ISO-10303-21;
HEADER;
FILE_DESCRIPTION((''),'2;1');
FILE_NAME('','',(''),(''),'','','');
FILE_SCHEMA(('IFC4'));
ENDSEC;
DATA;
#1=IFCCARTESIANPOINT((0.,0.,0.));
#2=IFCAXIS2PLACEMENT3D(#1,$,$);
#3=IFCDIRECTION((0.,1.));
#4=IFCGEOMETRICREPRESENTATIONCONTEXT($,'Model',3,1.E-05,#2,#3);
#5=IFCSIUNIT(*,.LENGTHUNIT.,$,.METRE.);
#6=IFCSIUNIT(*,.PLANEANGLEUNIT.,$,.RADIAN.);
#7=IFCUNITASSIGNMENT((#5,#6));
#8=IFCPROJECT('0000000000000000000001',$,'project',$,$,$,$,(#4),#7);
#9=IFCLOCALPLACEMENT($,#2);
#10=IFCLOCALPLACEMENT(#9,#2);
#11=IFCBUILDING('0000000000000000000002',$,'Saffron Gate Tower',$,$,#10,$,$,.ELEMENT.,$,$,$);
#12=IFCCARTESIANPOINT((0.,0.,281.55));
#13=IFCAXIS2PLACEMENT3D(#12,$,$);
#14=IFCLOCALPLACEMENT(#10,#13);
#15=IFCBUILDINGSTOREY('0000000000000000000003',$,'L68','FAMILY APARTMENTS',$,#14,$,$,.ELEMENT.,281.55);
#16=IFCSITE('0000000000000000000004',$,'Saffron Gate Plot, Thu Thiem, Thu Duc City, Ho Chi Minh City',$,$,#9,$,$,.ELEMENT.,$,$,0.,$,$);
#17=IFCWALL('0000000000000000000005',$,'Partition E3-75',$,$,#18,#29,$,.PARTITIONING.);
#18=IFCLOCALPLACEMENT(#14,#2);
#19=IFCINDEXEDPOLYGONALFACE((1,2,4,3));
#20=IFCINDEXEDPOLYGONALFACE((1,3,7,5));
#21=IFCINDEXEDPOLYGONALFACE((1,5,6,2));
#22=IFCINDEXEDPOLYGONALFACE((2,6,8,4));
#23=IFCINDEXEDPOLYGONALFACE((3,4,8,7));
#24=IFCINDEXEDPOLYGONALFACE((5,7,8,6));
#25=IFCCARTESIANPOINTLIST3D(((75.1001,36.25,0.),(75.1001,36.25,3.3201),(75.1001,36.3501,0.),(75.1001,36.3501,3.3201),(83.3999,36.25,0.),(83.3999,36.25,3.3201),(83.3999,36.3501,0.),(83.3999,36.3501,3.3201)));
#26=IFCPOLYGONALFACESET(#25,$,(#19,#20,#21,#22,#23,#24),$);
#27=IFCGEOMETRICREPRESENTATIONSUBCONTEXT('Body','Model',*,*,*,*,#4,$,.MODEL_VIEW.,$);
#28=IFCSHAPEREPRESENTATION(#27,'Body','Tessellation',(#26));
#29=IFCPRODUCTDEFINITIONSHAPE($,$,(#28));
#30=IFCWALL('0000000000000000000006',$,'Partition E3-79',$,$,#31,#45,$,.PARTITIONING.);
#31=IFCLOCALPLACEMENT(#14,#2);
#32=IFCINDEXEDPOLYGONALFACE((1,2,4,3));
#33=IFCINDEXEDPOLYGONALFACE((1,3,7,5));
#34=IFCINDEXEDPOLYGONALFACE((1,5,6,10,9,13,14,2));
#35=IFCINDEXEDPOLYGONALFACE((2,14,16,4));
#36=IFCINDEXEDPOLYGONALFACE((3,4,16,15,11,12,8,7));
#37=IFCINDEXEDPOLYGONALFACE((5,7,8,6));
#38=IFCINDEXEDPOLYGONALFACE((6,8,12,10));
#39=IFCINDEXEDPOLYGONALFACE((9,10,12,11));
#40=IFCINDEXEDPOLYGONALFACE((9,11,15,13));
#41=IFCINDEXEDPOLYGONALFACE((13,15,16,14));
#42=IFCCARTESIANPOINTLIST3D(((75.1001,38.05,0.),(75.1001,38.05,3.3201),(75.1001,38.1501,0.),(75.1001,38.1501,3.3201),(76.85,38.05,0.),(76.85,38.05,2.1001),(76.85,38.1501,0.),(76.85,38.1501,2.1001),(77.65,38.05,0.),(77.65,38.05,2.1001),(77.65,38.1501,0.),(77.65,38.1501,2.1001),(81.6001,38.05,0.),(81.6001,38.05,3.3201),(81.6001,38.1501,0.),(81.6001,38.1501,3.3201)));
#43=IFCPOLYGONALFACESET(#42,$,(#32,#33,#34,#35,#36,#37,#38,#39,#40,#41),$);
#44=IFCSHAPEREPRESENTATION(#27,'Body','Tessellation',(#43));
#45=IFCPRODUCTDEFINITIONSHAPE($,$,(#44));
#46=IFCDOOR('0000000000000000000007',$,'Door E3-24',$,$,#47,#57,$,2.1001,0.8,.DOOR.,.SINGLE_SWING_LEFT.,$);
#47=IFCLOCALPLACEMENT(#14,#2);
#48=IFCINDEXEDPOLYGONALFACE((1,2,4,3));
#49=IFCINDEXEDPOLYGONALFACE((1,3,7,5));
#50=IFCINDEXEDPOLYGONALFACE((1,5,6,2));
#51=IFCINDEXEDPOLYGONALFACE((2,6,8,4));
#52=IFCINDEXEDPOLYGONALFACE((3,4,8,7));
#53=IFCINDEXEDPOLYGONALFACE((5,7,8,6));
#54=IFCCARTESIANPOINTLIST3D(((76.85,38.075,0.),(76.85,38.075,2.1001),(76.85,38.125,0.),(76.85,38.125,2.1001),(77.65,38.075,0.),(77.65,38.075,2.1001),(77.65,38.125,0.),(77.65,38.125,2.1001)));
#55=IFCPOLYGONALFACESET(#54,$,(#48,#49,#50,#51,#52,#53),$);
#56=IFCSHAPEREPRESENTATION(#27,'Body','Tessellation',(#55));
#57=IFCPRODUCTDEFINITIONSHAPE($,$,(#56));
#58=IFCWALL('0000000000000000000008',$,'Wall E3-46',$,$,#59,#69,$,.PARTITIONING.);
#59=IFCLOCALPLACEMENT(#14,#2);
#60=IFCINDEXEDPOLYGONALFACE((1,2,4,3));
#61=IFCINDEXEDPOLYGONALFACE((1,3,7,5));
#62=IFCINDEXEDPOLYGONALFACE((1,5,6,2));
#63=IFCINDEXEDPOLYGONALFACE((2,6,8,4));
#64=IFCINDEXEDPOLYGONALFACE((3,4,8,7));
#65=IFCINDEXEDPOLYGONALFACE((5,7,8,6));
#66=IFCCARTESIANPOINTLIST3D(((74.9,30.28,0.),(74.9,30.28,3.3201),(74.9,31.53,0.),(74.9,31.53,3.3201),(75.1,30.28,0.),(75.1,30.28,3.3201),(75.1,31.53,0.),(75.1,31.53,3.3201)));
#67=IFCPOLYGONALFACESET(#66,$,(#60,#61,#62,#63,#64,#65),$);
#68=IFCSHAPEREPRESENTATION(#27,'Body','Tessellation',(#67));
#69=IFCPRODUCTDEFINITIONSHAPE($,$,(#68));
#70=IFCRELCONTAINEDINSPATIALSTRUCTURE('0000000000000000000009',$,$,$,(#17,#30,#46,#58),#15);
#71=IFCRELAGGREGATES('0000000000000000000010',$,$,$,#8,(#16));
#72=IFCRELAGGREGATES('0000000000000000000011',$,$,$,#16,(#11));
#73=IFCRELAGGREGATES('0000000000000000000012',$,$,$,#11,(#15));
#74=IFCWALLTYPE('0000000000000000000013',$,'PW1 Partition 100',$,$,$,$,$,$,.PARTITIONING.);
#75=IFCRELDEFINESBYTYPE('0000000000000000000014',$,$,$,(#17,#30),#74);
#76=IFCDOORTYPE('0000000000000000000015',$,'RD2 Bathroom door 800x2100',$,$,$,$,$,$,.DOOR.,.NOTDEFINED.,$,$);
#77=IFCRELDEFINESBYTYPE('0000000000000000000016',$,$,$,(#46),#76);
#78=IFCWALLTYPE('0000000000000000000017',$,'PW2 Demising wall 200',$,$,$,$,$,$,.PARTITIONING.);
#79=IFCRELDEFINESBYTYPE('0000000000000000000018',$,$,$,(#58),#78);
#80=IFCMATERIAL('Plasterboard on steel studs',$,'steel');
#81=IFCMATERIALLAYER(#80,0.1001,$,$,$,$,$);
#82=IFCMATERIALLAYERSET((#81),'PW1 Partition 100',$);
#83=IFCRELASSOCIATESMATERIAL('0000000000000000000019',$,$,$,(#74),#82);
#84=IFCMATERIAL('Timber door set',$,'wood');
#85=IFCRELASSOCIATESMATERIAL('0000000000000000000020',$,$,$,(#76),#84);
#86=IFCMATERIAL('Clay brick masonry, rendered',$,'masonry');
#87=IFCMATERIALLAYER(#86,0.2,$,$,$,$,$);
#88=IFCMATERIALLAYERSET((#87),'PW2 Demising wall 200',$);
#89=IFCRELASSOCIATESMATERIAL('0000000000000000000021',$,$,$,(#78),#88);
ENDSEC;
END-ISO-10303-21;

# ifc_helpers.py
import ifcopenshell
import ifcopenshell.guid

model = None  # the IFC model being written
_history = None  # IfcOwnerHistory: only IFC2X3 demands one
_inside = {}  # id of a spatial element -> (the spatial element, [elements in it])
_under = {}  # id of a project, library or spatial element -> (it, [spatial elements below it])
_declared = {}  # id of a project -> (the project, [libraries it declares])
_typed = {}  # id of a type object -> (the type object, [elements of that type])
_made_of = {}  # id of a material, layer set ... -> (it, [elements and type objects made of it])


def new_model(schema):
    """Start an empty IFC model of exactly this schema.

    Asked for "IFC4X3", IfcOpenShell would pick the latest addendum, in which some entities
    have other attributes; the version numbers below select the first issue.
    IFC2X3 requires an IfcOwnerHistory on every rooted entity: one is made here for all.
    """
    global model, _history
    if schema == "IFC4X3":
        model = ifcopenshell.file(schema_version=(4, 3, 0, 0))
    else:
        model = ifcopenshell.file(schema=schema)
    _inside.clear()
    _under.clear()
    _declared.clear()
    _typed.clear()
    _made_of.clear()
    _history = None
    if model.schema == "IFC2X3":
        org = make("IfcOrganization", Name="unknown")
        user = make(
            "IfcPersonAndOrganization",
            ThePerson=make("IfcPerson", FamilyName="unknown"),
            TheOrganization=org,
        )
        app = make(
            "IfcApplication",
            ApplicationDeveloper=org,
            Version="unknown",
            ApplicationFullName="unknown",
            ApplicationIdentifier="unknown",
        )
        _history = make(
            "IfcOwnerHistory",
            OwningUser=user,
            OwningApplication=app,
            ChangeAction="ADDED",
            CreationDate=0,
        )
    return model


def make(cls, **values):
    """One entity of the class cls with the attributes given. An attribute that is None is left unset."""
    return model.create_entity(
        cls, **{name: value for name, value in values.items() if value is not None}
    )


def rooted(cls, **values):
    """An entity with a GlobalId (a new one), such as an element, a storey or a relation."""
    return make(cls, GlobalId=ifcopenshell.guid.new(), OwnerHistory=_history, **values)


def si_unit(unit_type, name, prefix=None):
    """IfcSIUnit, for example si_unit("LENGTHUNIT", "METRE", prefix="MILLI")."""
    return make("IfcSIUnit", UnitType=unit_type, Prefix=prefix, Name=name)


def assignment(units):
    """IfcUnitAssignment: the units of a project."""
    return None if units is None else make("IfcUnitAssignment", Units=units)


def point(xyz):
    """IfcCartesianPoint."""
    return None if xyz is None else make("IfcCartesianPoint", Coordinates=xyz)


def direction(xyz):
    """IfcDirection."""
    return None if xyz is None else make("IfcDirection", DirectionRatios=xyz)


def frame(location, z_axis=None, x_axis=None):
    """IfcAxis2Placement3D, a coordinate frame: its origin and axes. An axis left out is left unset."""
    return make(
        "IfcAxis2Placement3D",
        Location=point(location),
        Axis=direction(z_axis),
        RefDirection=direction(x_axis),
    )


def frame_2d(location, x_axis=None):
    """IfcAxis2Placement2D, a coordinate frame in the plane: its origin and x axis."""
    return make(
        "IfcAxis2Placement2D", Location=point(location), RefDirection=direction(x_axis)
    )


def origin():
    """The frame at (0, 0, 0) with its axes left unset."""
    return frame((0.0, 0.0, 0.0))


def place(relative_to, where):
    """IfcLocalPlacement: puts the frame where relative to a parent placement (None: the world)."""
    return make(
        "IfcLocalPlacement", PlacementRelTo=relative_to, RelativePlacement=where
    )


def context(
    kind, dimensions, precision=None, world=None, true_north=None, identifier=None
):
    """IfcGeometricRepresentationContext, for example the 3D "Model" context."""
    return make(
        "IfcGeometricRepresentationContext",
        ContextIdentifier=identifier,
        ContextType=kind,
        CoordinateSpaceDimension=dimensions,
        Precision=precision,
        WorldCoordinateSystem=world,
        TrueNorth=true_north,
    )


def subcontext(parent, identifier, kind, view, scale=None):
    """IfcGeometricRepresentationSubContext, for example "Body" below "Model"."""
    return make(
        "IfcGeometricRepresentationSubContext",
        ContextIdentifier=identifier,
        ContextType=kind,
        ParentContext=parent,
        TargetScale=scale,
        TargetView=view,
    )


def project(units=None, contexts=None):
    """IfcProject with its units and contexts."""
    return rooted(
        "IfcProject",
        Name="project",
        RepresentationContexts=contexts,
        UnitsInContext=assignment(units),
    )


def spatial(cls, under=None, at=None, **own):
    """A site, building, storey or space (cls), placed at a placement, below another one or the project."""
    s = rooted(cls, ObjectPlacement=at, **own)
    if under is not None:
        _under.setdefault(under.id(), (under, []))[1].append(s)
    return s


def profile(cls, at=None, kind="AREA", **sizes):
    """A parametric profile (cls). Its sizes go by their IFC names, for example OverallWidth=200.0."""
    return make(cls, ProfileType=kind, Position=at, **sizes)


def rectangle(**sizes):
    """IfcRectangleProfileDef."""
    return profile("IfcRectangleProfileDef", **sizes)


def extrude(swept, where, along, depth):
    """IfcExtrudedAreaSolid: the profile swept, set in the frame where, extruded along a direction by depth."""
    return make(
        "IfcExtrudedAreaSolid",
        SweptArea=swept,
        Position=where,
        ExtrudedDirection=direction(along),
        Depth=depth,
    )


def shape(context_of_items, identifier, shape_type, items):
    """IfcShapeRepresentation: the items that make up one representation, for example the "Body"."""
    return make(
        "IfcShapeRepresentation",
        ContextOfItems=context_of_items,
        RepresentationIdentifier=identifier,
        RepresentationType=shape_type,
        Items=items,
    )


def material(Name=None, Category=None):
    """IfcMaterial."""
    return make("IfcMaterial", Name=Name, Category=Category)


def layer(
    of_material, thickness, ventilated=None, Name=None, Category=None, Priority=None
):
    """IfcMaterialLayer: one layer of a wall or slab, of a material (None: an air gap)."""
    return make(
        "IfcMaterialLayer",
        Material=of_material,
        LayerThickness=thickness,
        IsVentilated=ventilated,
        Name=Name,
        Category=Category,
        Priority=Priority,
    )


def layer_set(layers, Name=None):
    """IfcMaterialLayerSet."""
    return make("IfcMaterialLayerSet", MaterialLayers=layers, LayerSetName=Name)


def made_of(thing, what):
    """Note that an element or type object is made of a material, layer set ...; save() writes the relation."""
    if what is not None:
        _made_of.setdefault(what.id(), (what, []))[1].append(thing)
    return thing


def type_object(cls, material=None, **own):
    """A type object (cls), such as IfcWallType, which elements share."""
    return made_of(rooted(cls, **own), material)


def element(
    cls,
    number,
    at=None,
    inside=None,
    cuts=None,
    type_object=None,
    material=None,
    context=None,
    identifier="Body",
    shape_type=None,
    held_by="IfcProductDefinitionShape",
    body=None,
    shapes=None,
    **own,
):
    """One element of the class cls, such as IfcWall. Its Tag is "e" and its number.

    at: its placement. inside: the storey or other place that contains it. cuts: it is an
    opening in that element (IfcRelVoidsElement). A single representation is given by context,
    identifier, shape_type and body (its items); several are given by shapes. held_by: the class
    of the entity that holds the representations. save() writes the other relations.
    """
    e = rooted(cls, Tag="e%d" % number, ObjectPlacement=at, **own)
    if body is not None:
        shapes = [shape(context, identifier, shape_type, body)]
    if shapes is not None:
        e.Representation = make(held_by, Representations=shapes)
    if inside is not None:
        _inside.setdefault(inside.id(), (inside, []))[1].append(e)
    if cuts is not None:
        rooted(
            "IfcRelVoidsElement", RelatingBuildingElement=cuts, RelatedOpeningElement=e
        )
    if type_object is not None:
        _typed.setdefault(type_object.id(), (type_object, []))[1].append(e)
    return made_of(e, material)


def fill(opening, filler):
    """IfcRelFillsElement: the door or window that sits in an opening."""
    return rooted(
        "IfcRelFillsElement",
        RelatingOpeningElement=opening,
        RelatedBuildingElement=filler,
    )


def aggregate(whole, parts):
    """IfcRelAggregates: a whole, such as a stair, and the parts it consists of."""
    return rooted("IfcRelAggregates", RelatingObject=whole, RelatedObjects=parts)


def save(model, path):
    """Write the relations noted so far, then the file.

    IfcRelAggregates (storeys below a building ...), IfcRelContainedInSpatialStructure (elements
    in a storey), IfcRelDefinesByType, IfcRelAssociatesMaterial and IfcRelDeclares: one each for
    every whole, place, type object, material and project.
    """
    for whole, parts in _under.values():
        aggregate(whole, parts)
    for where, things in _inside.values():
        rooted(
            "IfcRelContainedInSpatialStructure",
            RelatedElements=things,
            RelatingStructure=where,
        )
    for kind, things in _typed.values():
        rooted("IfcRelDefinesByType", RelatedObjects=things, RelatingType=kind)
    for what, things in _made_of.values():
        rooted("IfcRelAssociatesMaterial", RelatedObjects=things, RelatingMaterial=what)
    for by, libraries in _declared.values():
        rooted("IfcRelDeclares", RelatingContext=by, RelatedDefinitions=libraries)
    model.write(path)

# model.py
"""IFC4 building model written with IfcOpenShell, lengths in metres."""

from ifc_helpers import new_model, si_unit, direction, frame, frame_2d, origin, place, context, subcontext, project, spatial, rectangle, extrude, material, layer, layer_set, type_object, element, fill, save


model = new_model("IFC4")

# Units and contexts
model_context = context("Model", 3, precision=1e-05, world=origin(), true_north=direction((0.0, 1.0)))
body_context = subcontext(model_context, "Body", "Model", "MODEL_VIEW")
ifc_project = project(units=[si_unit("LENGTHUNIT", "METRE"), si_unit("PLANEANGLEUNIT", "RADIAN")], contexts=[model_context])

# Site, building, storey
site_placement = place(None, origin())
site = spatial("IfcSite", under=ifc_project, at=site_placement, Name="Saffron Gate Plot, Thu Thiem, Thu Duc City, Ho Chi Minh City", CompositionType="ELEMENT", RefElevation=0.0)
building_placement = place(site_placement, origin())
building = spatial("IfcBuilding", under=site, at=building_placement, Name="Saffron Gate Tower", CompositionType="ELEMENT")
storey_placement = place(building_placement, frame((0.0, 0.0, 281.55)))
storey = spatial("IfcBuildingStorey", under=building, at=storey_placement, Name="L68", Description="FAMILY APARTMENTS", CompositionType="ELEMENT", Elevation=281.55)

# Shared definitions
ifc_material_1 = material(Name="Plasterboard on steel studs", Category="steel")
ifc_layer_1 = layer(ifc_material_1, 0.1001)
ifc_layer_set_1 = layer_set([ifc_layer_1], Name="PW1 Partition 100")
wall_type_1 = type_object("IfcWallType", Name="PW1 Partition 100", PredefinedType="PARTITIONING", material=ifc_layer_set_1)
ifc_material_2 = material(Name="Timber door set", Category="wood")

# Wall
wall_1_placement = place(storey_placement, frame((75.1001, 36.3, 0.0), z_axis=(0.0, 0.0, 1.0), x_axis=(1.0, 0.0, 0.0)))
element("IfcWall", 1, at=wall_1_placement, inside=storey, type_object=wall_type_1, Name="Partition E3-75", PredefinedType="PARTITIONING", context=body_context, shape_type="SweptSolid", body=[
    extrude(rectangle(XDim=8.2998, YDim=0.1001, at=frame_2d((4.1499, 0.0))), origin(), (0.0, 0.0, 1.0), 3.3201),
])

# Wall, opening, door
wall_2_placement = place(storey_placement, frame((75.1001, 38.1001, 0.0), z_axis=(0.0, 0.0, 1.0), x_axis=(1.0, 0.0, 0.0)))
wall_2 = element("IfcWall", 2, at=wall_2_placement, inside=storey, type_object=wall_type_1, Name="Partition E3-79", PredefinedType="PARTITIONING", context=body_context, shape_type="SweptSolid", body=[
    extrude(rectangle(XDim=6.5, YDim=0.1001, at=frame_2d((3.25, 0.0))), origin(), (0.0, 0.0, 1.0), 3.3201),
])
opening_1_placement = place(wall_2_placement, frame((1.75, 0.0, 0.0)))
opening_1 = element("IfcOpeningElement", 3, at=opening_1_placement, cuts=wall_2, PredefinedType="OPENING", context=body_context, shape_type="SweptSolid", body=[
    extrude(rectangle(XDim=0.8, YDim=2.1001, at=frame_2d((0.3999, 1.05))), frame((0.0, 0.0601, 0.0), z_axis=(0.0, -1.0, 0.0), x_axis=(1.0, 0.0, 0.0)), (0.0, 0.0, 1.0), 0.1201),
])
door_type_1 = type_object("IfcDoorType", Name="RD2 Bathroom door 800x2100", OperationType="NOTDEFINED", PredefinedType="DOOR", material=ifc_material_2)
door_1_placement = place(opening_1_placement, origin())
door_1 = element("IfcDoor", 4, at=door_1_placement, inside=storey, type_object=door_type_1, Name="Door E3-24", OperationType="SINGLE_SWING_LEFT", OverallHeight=2.1001, OverallWidth=0.8, PredefinedType="DOOR", context=body_context, shape_type="SweptSolid", body=[
    extrude(rectangle(XDim=0.8, YDim=2.1001, at=frame_2d((0.3999, 1.05))), frame((0.0, 0.0249, 0.0), z_axis=(0.0, -1.0, 0.0), x_axis=(1.0, 0.0, 0.0)), (0.0, 0.0, 1.0), 0.05),
])
fill(opening_1, door_1)

# Wall
ifc_material_3 = material(Name="Clay brick masonry, rendered", Category="masonry")
ifc_layer_2 = layer(ifc_material_3, 0.2)
ifc_layer_set_2 = layer_set([ifc_layer_2], Name="PW2 Demising wall 200")
wall_type_2 = type_object("IfcWallType", Name="PW2 Demising wall 200", PredefinedType="PARTITIONING", material=ifc_layer_set_2)
wall_3_placement = place(storey_placement, frame((75.0, 31.53, 0.0), z_axis=(0.0, 0.0, 1.0), x_axis=(0.0, -1.0, 0.0)))
element("IfcWall", 5, at=wall_3_placement, inside=storey, type_object=wall_type_2, Name="Wall E3-46", PredefinedType="PARTITIONING", context=body_context, shape_type="SweptSolid", body=[
    extrude(rectangle(XDim=1.25, YDim=0.2, at=frame_2d((0.625, 0.0))), origin(), (0.0, 0.0, 1.0), 3.3201),
])

save(model, "model.ifc")
